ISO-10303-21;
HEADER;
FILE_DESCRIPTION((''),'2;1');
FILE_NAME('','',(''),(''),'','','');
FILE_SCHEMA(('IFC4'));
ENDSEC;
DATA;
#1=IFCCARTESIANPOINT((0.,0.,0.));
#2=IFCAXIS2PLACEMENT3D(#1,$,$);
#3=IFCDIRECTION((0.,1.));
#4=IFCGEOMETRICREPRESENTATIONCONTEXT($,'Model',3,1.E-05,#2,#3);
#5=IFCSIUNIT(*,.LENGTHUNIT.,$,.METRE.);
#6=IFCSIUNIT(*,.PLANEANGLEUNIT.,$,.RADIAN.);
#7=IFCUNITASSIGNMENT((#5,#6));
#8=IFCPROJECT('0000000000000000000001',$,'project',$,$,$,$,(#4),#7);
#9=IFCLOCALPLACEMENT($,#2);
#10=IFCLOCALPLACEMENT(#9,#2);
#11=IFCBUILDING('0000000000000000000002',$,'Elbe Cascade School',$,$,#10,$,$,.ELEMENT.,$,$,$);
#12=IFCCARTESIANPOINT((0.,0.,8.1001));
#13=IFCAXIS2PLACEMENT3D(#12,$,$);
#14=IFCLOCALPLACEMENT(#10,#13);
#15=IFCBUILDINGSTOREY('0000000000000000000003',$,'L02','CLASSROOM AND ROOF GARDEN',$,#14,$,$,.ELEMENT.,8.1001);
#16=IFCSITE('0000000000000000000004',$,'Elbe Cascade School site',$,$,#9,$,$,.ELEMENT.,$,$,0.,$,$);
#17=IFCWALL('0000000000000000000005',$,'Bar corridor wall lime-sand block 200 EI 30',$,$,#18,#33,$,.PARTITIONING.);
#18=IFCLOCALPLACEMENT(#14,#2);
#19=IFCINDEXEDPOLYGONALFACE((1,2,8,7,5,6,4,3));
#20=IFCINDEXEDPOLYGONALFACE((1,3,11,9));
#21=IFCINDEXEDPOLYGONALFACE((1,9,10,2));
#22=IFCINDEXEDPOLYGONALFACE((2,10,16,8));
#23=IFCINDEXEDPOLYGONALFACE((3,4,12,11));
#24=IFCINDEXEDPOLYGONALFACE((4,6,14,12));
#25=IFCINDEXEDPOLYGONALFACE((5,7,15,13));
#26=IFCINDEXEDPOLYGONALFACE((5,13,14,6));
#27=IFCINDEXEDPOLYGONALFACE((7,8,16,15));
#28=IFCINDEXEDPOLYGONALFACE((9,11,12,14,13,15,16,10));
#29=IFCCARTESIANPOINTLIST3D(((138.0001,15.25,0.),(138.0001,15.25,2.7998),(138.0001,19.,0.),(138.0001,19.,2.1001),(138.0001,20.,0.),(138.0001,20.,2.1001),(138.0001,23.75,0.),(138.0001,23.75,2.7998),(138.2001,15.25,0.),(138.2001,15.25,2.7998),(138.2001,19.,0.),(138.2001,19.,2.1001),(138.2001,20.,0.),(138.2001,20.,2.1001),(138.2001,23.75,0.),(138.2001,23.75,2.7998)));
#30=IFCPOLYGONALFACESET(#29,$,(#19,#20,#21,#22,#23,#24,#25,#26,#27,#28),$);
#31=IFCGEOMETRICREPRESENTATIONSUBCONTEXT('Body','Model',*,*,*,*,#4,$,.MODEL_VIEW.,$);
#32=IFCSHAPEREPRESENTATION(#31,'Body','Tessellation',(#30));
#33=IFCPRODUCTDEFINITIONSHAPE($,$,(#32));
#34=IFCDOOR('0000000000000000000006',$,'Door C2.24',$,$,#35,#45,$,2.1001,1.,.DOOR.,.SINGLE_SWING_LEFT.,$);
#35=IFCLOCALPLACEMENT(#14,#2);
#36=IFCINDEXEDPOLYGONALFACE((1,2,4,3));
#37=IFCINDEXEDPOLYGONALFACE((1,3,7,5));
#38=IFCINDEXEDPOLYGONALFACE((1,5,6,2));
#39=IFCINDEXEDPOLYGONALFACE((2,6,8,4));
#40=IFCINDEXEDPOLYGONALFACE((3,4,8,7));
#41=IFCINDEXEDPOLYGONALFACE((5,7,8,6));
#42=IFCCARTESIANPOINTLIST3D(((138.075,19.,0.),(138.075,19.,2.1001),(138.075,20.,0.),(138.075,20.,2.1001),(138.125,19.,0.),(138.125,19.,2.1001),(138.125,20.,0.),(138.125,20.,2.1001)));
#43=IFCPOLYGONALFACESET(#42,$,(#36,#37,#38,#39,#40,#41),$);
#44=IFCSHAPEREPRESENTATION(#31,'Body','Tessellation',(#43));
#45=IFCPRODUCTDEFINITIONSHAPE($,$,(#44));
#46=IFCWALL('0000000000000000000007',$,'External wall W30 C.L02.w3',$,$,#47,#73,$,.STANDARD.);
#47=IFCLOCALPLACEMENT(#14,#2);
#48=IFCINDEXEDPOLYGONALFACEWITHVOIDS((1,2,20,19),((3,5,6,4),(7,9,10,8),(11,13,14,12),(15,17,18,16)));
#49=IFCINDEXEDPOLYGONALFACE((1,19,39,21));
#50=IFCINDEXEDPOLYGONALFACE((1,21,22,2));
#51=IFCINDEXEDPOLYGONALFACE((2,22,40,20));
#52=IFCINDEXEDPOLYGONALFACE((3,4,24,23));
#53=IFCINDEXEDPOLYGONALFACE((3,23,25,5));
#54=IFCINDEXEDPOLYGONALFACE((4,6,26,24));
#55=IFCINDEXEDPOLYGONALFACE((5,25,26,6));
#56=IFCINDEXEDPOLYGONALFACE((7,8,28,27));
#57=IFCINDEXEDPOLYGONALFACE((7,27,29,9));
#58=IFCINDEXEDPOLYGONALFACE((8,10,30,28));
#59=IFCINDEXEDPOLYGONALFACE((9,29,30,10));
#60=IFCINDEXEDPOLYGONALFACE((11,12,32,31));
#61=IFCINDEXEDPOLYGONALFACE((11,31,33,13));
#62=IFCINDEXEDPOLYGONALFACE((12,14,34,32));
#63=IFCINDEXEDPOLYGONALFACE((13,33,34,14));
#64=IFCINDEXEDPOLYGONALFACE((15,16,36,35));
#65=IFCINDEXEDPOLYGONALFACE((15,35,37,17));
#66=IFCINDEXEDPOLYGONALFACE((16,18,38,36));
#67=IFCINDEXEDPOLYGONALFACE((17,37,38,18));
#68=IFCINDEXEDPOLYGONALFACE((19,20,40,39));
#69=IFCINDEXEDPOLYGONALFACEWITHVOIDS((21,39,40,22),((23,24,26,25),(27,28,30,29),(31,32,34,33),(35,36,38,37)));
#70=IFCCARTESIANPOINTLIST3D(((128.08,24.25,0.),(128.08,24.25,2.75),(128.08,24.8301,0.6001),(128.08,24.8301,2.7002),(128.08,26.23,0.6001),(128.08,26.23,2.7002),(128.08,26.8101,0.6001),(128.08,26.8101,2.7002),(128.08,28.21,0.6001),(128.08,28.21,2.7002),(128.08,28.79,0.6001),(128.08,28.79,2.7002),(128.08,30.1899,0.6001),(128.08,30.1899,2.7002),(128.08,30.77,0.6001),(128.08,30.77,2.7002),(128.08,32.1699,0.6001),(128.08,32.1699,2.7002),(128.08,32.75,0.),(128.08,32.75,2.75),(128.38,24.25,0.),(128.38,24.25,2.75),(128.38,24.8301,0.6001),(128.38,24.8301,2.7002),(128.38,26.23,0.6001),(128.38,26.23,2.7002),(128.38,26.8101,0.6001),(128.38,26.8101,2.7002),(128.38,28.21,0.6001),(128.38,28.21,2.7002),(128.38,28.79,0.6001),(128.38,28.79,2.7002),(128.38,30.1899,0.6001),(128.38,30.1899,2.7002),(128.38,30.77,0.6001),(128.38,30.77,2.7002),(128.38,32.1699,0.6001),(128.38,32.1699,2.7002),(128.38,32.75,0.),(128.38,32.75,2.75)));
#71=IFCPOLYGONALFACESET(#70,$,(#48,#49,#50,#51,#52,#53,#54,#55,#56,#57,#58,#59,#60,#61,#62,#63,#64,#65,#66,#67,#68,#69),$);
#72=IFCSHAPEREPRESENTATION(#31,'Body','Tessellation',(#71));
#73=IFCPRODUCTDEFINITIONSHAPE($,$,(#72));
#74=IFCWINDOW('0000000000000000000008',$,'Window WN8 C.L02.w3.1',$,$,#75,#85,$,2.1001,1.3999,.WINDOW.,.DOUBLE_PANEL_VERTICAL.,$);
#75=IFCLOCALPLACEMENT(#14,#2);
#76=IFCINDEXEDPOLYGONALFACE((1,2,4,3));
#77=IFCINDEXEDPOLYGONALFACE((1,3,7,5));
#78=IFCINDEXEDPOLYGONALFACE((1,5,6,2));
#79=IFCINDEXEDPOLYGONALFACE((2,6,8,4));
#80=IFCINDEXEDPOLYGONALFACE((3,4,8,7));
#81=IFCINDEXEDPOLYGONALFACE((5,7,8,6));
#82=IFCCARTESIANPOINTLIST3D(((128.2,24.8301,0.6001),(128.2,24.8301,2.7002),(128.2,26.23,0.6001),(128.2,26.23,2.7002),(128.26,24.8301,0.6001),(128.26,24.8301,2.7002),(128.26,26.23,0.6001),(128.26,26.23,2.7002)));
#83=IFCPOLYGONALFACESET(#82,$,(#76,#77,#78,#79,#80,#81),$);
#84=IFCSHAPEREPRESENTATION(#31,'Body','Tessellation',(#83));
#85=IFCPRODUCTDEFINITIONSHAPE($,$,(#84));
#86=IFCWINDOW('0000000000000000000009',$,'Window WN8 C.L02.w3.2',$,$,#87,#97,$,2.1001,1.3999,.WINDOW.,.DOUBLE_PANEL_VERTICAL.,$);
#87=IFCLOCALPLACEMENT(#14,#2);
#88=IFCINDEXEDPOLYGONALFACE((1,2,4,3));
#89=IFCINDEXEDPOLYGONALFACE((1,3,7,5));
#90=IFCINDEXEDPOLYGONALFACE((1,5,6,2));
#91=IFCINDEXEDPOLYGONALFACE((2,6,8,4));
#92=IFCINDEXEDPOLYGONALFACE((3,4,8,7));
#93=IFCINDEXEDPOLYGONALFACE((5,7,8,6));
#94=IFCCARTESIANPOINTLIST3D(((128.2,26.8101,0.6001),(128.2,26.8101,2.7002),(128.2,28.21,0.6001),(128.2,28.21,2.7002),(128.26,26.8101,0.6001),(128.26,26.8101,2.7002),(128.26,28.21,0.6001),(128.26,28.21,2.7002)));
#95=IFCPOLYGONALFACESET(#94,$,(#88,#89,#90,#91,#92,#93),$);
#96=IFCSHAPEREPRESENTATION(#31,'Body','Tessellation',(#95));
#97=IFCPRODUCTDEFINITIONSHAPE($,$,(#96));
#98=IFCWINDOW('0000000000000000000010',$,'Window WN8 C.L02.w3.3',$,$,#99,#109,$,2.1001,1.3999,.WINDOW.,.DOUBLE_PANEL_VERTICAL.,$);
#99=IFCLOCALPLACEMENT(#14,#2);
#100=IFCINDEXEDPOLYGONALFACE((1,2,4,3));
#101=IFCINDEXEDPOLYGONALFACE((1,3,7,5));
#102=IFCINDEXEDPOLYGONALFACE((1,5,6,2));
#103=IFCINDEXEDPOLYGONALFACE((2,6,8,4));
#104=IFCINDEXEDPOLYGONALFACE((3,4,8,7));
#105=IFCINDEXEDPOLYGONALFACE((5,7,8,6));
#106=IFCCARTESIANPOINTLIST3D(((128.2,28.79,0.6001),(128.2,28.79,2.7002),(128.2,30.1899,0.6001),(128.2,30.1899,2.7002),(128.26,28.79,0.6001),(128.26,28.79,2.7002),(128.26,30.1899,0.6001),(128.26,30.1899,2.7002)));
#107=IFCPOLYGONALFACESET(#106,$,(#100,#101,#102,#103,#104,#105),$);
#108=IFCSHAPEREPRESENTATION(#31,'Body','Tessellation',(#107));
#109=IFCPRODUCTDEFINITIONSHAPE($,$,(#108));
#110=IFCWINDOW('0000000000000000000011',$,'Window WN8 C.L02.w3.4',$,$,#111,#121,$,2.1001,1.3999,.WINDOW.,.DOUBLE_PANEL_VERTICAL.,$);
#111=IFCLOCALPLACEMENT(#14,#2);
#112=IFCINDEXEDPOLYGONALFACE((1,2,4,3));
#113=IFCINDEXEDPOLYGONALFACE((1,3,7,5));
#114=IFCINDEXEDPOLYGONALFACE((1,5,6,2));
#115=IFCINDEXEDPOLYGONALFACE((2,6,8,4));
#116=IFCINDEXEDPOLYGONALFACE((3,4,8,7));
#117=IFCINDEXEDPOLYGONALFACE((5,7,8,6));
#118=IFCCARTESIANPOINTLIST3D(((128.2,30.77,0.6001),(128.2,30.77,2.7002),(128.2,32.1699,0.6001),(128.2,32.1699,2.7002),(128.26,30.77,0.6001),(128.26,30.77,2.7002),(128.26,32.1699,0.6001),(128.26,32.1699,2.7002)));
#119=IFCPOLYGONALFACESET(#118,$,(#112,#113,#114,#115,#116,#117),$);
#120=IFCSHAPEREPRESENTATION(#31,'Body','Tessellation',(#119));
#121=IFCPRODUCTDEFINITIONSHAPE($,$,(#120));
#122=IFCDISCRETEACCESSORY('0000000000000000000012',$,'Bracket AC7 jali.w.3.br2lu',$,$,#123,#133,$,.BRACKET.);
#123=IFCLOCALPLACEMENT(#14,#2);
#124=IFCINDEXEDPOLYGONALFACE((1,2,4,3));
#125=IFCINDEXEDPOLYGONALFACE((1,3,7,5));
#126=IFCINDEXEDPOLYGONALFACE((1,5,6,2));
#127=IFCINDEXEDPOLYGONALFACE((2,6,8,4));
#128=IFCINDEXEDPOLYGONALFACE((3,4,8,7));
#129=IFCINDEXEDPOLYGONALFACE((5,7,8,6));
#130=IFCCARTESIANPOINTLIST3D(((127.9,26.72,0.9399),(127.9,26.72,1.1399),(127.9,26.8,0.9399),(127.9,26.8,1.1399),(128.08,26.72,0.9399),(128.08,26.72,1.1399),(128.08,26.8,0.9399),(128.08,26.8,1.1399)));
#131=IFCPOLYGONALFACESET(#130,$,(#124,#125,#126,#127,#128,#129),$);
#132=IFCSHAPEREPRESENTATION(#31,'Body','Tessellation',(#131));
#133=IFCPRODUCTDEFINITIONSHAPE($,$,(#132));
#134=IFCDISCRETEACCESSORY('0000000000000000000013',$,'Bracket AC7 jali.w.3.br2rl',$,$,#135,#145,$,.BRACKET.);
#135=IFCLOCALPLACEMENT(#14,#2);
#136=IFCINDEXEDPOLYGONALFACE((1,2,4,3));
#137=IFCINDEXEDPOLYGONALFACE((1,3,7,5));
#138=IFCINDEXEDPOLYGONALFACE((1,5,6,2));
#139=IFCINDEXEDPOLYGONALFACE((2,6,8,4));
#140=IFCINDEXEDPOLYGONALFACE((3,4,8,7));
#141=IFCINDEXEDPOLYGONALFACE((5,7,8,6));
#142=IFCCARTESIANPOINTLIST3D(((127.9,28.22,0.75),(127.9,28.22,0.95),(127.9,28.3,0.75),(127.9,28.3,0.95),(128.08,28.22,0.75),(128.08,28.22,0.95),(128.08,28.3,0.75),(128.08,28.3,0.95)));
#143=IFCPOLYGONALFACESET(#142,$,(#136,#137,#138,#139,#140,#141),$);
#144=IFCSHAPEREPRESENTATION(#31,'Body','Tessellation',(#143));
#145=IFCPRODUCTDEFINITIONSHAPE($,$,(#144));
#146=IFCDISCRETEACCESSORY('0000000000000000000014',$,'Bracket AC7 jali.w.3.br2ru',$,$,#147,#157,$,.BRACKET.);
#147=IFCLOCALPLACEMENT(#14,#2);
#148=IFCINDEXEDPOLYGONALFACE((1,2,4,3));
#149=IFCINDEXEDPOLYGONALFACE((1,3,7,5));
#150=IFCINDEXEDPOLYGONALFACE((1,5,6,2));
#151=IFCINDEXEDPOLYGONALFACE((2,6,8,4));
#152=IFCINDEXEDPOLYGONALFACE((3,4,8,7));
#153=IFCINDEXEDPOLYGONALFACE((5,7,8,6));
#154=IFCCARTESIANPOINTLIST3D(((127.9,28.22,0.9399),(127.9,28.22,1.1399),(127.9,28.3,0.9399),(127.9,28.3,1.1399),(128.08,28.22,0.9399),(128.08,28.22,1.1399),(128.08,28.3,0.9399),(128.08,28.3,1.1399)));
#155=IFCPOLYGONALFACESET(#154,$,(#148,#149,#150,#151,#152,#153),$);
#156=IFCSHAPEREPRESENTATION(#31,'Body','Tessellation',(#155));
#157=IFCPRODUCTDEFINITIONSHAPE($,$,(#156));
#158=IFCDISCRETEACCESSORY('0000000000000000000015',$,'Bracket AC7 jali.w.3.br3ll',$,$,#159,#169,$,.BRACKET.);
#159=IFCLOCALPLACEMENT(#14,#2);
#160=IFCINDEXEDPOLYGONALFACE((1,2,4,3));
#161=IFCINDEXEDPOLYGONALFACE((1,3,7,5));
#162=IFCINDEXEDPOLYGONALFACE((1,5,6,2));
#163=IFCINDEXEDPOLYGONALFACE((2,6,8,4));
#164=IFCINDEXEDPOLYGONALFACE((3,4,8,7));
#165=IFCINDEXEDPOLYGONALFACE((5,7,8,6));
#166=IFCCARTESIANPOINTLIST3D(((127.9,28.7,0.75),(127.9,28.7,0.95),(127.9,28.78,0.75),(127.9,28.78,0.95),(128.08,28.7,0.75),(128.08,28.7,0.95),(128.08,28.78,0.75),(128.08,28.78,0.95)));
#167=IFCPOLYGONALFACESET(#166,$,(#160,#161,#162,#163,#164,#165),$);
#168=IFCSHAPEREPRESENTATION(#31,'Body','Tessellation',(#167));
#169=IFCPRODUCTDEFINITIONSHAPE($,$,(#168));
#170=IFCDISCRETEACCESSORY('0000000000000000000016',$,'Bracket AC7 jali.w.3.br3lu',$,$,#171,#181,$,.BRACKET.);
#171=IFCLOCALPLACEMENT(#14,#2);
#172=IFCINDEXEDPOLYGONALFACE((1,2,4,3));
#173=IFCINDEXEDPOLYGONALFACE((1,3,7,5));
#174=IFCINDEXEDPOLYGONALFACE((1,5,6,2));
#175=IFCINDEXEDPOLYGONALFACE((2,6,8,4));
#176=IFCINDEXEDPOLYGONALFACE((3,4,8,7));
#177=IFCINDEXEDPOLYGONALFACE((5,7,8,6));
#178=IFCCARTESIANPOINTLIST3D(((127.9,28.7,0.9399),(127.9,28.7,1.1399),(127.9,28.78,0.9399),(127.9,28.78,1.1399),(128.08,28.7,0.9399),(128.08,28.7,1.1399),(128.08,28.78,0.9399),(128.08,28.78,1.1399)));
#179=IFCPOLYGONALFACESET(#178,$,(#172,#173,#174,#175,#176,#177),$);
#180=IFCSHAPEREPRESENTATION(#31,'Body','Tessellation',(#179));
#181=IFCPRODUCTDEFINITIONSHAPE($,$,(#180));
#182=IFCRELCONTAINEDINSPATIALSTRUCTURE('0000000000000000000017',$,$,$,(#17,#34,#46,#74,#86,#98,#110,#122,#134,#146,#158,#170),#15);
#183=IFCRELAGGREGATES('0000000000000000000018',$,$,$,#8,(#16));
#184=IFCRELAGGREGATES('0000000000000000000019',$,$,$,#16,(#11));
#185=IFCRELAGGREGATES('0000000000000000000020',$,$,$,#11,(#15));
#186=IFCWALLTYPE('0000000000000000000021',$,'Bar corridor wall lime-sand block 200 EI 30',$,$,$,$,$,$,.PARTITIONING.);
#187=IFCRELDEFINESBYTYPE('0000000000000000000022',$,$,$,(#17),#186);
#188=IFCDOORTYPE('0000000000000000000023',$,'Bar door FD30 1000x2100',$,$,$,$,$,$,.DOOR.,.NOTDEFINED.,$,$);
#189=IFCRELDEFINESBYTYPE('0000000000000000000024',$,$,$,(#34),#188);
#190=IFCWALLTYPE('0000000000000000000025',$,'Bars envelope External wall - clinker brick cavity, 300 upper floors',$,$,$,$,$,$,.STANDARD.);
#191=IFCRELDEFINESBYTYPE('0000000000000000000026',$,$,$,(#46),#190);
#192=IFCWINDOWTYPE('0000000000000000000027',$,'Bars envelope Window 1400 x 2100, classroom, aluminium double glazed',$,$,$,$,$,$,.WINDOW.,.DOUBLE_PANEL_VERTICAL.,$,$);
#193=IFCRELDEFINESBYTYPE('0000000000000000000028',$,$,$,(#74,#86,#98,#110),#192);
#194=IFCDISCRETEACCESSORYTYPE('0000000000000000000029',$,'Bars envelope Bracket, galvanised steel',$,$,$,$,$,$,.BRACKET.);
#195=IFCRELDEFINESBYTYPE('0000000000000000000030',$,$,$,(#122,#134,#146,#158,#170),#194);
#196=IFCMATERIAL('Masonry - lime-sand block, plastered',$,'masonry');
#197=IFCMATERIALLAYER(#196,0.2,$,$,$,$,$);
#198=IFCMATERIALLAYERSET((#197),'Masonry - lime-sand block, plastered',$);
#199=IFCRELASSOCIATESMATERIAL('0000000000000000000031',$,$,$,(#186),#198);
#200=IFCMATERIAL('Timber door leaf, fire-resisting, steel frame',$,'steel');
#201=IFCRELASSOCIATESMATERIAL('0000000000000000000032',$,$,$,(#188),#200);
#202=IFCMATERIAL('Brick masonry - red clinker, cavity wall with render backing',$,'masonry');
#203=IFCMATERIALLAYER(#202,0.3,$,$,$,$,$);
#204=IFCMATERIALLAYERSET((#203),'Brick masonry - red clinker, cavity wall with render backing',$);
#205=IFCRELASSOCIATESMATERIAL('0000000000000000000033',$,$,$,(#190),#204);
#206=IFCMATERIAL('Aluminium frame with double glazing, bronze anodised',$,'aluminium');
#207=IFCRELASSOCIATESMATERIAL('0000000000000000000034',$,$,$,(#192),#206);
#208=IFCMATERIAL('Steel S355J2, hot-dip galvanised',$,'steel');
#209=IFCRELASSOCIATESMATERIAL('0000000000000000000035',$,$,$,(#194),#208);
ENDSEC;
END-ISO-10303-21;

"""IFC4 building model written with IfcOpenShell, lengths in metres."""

from ifc_helpers import new_model, si_unit, direction, frame, frame_2d, origin, origin_2d, place, context, subcontext, project, spatial, rectangle, extrude, material, layer, layer_set, type_object, element, fill, save


model = new_model("IFC4")

# Units and contexts
model_context = context("Model", 3, precision=1e-05, world=origin(), true_north=direction((0.0, 1.0)))
body_context = subcontext(model_context, "Body", "Model", "MODEL_VIEW")
ifc_project = project(units=[si_unit("LENGTHUNIT", "METRE"), si_unit("PLANEANGLEUNIT", "RADIAN")], contexts=[model_context])

# Site, building, storey
site_placement = place(None, origin())
site = spatial("IfcSite", under=ifc_project, at=site_placement, Name="Elbe Cascade School site", CompositionType="ELEMENT", RefElevation=0.0)
building_placement = place(site_placement, origin())
building = spatial("IfcBuilding", under=site, at=building_placement, Name="Elbe Cascade School", CompositionType="ELEMENT")
storey_placement = place(building_placement, frame((0.0, 0.0, 8.1001)))
storey = spatial("IfcBuildingStorey", under=building, at=storey_placement, Name="L02", Description="CLASSROOM AND ROOF GARDEN", CompositionType="ELEMENT", Elevation=8.1001)

# Wall, opening, door
ifc_material_1 = material(Name="Masonry - lime-sand block, plastered", Category="masonry")
ifc_layer_1 = layer(ifc_material_1, 0.2)
ifc_layer_set_1 = layer_set([ifc_layer_1], Name="Masonry - lime-sand block, plastered")
wall_type_1 = type_object("IfcWallType", Name="Bar corridor wall lime-sand block 200 EI 30", PredefinedType="PARTITIONING", material=ifc_layer_set_1)
ifc_material_2 = material(Name="Timber door leaf, fire-resisting, steel frame", Category="steel")
door_type = type_object("IfcDoorType", Name="Bar door FD30 1000x2100", OperationType="NOTDEFINED", PredefinedType="DOOR", material=ifc_material_2)
wall_1_placement = place(storey_placement, frame((138.1001, 23.75, 0.0), z_axis=(0.0, 0.0, 1.0), x_axis=(0.0, -1.0, 0.0)))
wall_1 = element("IfcWall", 1, at=wall_1_placement, inside=storey, type_object=wall_type_1, Name="Bar corridor wall lime-sand block 200 EI 30", PredefinedType="PARTITIONING", context=body_context, shape_type="SweptSolid", body=[
    extrude(rectangle(XDim=8.5, YDim=0.2, at=frame_2d((4.25, 0.0))), origin(), (0.0, 0.0, 1.0), 2.7998),
])
opening_1_placement = place(wall_1_placement, frame((3.75, 0.0, 0.0)))
opening_1 = element("IfcOpeningElement", 2, at=opening_1_placement, cuts=wall_1, PredefinedType="OPENING", context=body_context, shape_type="SweptSolid", body=[
    extrude(rectangle(XDim=1.0, YDim=2.1001, at=frame_2d((0.5, 1.05))), frame((0.0, 0.1099, 0.0), z_axis=(0.0, -1.0, 0.0), x_axis=(1.0, 0.0, 0.0)), (0.0, 0.0, 1.0), 0.22),
])
door_1_placement = place(opening_1_placement, origin())
door_1 = element("IfcDoor", 3, at=door_1_placement, inside=storey, type_object=door_type, Name="Door C2.24", OperationType="SINGLE_SWING_LEFT", OverallHeight=2.1001, OverallWidth=1.0, PredefinedType="DOOR", context=body_context, shape_type="SweptSolid", body=[
    extrude(rectangle(XDim=1.0, YDim=2.1001, at=frame_2d((0.5, 1.05))), frame((0.0, 0.0249, 0.0), z_axis=(0.0, -1.0, 0.0), x_axis=(1.0, 0.0, 0.0)), (0.0, 0.0, 1.0), 0.05),
])
fill(opening_1, door_1)

# Wall, openings, windows
ifc_material_3 = material(Name="Brick masonry - red clinker, cavity wall with render backing", Category="masonry")
ifc_layer_2 = layer(ifc_material_3, 0.3)
ifc_layer_set_2 = layer_set([ifc_layer_2], Name="Brick masonry - red clinker, cavity wall with render backing")
wall_type_2 = type_object("IfcWallType", Name="Bars envelope External wall - clinker brick cavity, 300 upper floors", PredefinedType="STANDARD", material=ifc_layer_set_2)
wall_2_placement = place(storey_placement, frame((128.23, 24.25, 0.0), z_axis=(0.0, 0.0, 1.0), x_axis=(0.0, 1.0, 0.0)))
wall_2 = element("IfcWall", 4, at=wall_2_placement, inside=storey, type_object=wall_type_2, Name="External wall W30 C.L02.w3", PredefinedType="STANDARD", context=body_context, shape_type="SweptSolid", body=[
    extrude(rectangle(XDim=8.5, YDim=0.3, at=frame_2d((4.25, 0.0))), origin(), (0.0, 0.0, 1.0), 2.75),
])
opening_2_placement = place(wall_2_placement, frame((0.5801, 0.0, 0.6001)))
opening_2 = element("IfcOpeningElement", 5, at=opening_2_placement, cuts=wall_2, PredefinedType="OPENING", context=body_context, shape_type="SweptSolid", body=[
    extrude(rectangle(XDim=1.3999, YDim=2.1001, at=frame_2d((0.7, 1.05))), frame((0.0, 0.1599, 0.0), z_axis=(0.0, -1.0, 0.0), x_axis=(1.0, 0.0, 0.0)), (0.0, 0.0, 1.0), 0.3201),
])
opening_3_placement = place(wall_2_placement, frame((2.5601, 0.0, 0.6001)))
opening_3 = element("IfcOpeningElement", 6, at=opening_3_placement, cuts=wall_2, PredefinedType="OPENING", context=body_context, shape_type="SweptSolid", body=[
    extrude(rectangle(XDim=1.3999, YDim=2.1001, at=frame_2d((0.7, 1.05))), frame((0.0, 0.1599, 0.0), z_axis=(0.0, -1.0, 0.0), x_axis=(1.0, 0.0, 0.0)), (0.0, 0.0, 1.0), 0.3201),
])
opening_4_placement = place(wall_2_placement, frame((4.54, 0.0, 0.6001)))
opening_4 = element("IfcOpeningElement", 7, at=opening_4_placement, cuts=wall_2, PredefinedType="OPENING", context=body_context, shape_type="SweptSolid", body=[
    extrude(rectangle(XDim=1.3999, YDim=2.1001, at=frame_2d((0.7, 1.05))), frame((0.0, 0.1599, 0.0), z_axis=(0.0, -1.0, 0.0), x_axis=(1.0, 0.0, 0.0)), (0.0, 0.0, 1.0), 0.3201),
])
opening_5_placement = place(wall_2_placement, frame((6.52, 0.0, 0.6001)))
opening_5 = element("IfcOpeningElement", 8, at=opening_5_placement, cuts=wall_2, PredefinedType="OPENING", context=body_context, shape_type="SweptSolid", body=[
    extrude(rectangle(XDim=1.3999, YDim=2.1001, at=frame_2d((0.7, 1.05))), frame((0.0, 0.1599, 0.0), z_axis=(0.0, -1.0, 0.0), x_axis=(1.0, 0.0, 0.0)), (0.0, 0.0, 1.0), 0.3201),
])
ifc_material_4 = material(Name="Aluminium frame with double glazing, bronze anodised", Category="aluminium")
window_type = type_object("IfcWindowType", Name="Bars envelope Window 1400 x 2100, classroom, aluminium double glazed", PartitioningType="DOUBLE_PANEL_VERTICAL", PredefinedType="WINDOW", material=ifc_material_4)
window_1_placement = place(opening_2_placement, origin())
window_1 = element("IfcWindow", 9, at=window_1_placement, inside=storey, type_object=window_type, Name="Window WN8 C.L02.w3.1", OverallHeight=2.1001, OverallWidth=1.3999, PartitioningType="DOUBLE_PANEL_VERTICAL", PredefinedType="WINDOW", context=body_context, shape_type="SweptSolid", body=[
    extrude(rectangle(XDim=1.3999, YDim=2.1001, at=frame_2d((0.7, 1.05))), frame((0.0, 0.03, 0.0), z_axis=(0.0, -1.0, 0.0), x_axis=(1.0, 0.0, 0.0)), (0.0, 0.0, 1.0), 0.0601),
])
fill(opening_2, window_1)
window_2_placement = place(opening_3_placement, origin())
window_2 = element("IfcWindow", 10, at=window_2_placement, inside=storey, type_object=window_type, Name="Window WN8 C.L02.w3.2", OverallHeight=2.1001, OverallWidth=1.3999, PartitioningType="DOUBLE_PANEL_VERTICAL", PredefinedType="WINDOW", context=body_context, shape_type="SweptSolid", body=[
    extrude(rectangle(XDim=1.3999, YDim=2.1001, at=frame_2d((0.7, 1.05))), frame((0.0, 0.03, 0.0), z_axis=(0.0, -1.0, 0.0), x_axis=(1.0, 0.0, 0.0)), (0.0, 0.0, 1.0), 0.0601),
])
fill(opening_3, window_2)
window_3_placement = place(opening_4_placement, origin())
window_3 = element("IfcWindow", 11, at=window_3_placement, inside=storey, type_object=window_type, Name="Window WN8 C.L02.w3.3", OverallHeight=2.1001, OverallWidth=1.3999, PartitioningType="DOUBLE_PANEL_VERTICAL", PredefinedType="WINDOW", context=body_context, shape_type="SweptSolid", body=[
    extrude(rectangle(XDim=1.3999, YDim=2.1001, at=frame_2d((0.7, 1.05))), frame((0.0, 0.03, 0.0), z_axis=(0.0, -1.0, 0.0), x_axis=(1.0, 0.0, 0.0)), (0.0, 0.0, 1.0), 0.0601),
])
fill(opening_4, window_3)
window_4_placement = place(opening_5_placement, origin())
window_4 = element("IfcWindow", 12, at=window_4_placement, inside=storey, type_object=window_type, Name="Window WN8 C.L02.w3.4", OverallHeight=2.1001, OverallWidth=1.3999, PartitioningType="DOUBLE_PANEL_VERTICAL", PredefinedType="WINDOW", context=body_context, shape_type="SweptSolid", body=[
    extrude(rectangle(XDim=1.3999, YDim=2.1001, at=frame_2d((0.7, 1.05))), frame((0.0, 0.03, 0.0), z_axis=(0.0, -1.0, 0.0), x_axis=(1.0, 0.0, 0.0)), (0.0, 0.0, 1.0), 0.0601),
])
fill(opening_5, window_4)

# Discrete accessories
ifc_material_5 = material(Name="Steel S355J2, hot-dip galvanised", Category="steel")
discrete_accessory_type = type_object("IfcDiscreteAccessoryType", Name="Bars envelope Bracket, galvanised steel", PredefinedType="BRACKET", material=ifc_material_5)
for number, where, z_axis, x_axis, name in (
    (13, (127.99, 26.76, 0.9399), (0.0, 0.0, 1.0), (0.0, 1.0, 0.0), "Bracket AC7 jali.w.3.br2lu"),
    (14, (127.99, 28.26, 0.75), (0.0, 0.0, 1.0), (0.0, 1.0, 0.0), "Bracket AC7 jali.w.3.br2rl"),
    (15, (127.99, 28.26, 0.9399), (0.0, 0.0, 1.0), (0.0, 1.0, 0.0), "Bracket AC7 jali.w.3.br2ru"),
    (16, (127.99, 28.74, 0.75), (0.0, 0.0, 1.0), (0.0, 1.0, 0.0), "Bracket AC7 jali.w.3.br3ll"),
    (17, (127.99, 28.74, 0.9399), (0.0, 0.0, 1.0), (0.0, 1.0, 0.0), "Bracket AC7 jali.w.3.br3lu"),
):
    element("IfcDiscreteAccessory", number, at=place(storey_placement, frame(where, z_axis=z_axis, x_axis=x_axis)), inside=storey, type_object=discrete_accessory_type, Name=name, PredefinedType="BRACKET", context=body_context, shape_type="SweptSolid", body=[
        extrude(rectangle(XDim=0.0801, YDim=0.1799, at=origin_2d()), origin(), (0.0, 0.0, 1.0), 0.2),
    ])

save(model, "model.ifc")
